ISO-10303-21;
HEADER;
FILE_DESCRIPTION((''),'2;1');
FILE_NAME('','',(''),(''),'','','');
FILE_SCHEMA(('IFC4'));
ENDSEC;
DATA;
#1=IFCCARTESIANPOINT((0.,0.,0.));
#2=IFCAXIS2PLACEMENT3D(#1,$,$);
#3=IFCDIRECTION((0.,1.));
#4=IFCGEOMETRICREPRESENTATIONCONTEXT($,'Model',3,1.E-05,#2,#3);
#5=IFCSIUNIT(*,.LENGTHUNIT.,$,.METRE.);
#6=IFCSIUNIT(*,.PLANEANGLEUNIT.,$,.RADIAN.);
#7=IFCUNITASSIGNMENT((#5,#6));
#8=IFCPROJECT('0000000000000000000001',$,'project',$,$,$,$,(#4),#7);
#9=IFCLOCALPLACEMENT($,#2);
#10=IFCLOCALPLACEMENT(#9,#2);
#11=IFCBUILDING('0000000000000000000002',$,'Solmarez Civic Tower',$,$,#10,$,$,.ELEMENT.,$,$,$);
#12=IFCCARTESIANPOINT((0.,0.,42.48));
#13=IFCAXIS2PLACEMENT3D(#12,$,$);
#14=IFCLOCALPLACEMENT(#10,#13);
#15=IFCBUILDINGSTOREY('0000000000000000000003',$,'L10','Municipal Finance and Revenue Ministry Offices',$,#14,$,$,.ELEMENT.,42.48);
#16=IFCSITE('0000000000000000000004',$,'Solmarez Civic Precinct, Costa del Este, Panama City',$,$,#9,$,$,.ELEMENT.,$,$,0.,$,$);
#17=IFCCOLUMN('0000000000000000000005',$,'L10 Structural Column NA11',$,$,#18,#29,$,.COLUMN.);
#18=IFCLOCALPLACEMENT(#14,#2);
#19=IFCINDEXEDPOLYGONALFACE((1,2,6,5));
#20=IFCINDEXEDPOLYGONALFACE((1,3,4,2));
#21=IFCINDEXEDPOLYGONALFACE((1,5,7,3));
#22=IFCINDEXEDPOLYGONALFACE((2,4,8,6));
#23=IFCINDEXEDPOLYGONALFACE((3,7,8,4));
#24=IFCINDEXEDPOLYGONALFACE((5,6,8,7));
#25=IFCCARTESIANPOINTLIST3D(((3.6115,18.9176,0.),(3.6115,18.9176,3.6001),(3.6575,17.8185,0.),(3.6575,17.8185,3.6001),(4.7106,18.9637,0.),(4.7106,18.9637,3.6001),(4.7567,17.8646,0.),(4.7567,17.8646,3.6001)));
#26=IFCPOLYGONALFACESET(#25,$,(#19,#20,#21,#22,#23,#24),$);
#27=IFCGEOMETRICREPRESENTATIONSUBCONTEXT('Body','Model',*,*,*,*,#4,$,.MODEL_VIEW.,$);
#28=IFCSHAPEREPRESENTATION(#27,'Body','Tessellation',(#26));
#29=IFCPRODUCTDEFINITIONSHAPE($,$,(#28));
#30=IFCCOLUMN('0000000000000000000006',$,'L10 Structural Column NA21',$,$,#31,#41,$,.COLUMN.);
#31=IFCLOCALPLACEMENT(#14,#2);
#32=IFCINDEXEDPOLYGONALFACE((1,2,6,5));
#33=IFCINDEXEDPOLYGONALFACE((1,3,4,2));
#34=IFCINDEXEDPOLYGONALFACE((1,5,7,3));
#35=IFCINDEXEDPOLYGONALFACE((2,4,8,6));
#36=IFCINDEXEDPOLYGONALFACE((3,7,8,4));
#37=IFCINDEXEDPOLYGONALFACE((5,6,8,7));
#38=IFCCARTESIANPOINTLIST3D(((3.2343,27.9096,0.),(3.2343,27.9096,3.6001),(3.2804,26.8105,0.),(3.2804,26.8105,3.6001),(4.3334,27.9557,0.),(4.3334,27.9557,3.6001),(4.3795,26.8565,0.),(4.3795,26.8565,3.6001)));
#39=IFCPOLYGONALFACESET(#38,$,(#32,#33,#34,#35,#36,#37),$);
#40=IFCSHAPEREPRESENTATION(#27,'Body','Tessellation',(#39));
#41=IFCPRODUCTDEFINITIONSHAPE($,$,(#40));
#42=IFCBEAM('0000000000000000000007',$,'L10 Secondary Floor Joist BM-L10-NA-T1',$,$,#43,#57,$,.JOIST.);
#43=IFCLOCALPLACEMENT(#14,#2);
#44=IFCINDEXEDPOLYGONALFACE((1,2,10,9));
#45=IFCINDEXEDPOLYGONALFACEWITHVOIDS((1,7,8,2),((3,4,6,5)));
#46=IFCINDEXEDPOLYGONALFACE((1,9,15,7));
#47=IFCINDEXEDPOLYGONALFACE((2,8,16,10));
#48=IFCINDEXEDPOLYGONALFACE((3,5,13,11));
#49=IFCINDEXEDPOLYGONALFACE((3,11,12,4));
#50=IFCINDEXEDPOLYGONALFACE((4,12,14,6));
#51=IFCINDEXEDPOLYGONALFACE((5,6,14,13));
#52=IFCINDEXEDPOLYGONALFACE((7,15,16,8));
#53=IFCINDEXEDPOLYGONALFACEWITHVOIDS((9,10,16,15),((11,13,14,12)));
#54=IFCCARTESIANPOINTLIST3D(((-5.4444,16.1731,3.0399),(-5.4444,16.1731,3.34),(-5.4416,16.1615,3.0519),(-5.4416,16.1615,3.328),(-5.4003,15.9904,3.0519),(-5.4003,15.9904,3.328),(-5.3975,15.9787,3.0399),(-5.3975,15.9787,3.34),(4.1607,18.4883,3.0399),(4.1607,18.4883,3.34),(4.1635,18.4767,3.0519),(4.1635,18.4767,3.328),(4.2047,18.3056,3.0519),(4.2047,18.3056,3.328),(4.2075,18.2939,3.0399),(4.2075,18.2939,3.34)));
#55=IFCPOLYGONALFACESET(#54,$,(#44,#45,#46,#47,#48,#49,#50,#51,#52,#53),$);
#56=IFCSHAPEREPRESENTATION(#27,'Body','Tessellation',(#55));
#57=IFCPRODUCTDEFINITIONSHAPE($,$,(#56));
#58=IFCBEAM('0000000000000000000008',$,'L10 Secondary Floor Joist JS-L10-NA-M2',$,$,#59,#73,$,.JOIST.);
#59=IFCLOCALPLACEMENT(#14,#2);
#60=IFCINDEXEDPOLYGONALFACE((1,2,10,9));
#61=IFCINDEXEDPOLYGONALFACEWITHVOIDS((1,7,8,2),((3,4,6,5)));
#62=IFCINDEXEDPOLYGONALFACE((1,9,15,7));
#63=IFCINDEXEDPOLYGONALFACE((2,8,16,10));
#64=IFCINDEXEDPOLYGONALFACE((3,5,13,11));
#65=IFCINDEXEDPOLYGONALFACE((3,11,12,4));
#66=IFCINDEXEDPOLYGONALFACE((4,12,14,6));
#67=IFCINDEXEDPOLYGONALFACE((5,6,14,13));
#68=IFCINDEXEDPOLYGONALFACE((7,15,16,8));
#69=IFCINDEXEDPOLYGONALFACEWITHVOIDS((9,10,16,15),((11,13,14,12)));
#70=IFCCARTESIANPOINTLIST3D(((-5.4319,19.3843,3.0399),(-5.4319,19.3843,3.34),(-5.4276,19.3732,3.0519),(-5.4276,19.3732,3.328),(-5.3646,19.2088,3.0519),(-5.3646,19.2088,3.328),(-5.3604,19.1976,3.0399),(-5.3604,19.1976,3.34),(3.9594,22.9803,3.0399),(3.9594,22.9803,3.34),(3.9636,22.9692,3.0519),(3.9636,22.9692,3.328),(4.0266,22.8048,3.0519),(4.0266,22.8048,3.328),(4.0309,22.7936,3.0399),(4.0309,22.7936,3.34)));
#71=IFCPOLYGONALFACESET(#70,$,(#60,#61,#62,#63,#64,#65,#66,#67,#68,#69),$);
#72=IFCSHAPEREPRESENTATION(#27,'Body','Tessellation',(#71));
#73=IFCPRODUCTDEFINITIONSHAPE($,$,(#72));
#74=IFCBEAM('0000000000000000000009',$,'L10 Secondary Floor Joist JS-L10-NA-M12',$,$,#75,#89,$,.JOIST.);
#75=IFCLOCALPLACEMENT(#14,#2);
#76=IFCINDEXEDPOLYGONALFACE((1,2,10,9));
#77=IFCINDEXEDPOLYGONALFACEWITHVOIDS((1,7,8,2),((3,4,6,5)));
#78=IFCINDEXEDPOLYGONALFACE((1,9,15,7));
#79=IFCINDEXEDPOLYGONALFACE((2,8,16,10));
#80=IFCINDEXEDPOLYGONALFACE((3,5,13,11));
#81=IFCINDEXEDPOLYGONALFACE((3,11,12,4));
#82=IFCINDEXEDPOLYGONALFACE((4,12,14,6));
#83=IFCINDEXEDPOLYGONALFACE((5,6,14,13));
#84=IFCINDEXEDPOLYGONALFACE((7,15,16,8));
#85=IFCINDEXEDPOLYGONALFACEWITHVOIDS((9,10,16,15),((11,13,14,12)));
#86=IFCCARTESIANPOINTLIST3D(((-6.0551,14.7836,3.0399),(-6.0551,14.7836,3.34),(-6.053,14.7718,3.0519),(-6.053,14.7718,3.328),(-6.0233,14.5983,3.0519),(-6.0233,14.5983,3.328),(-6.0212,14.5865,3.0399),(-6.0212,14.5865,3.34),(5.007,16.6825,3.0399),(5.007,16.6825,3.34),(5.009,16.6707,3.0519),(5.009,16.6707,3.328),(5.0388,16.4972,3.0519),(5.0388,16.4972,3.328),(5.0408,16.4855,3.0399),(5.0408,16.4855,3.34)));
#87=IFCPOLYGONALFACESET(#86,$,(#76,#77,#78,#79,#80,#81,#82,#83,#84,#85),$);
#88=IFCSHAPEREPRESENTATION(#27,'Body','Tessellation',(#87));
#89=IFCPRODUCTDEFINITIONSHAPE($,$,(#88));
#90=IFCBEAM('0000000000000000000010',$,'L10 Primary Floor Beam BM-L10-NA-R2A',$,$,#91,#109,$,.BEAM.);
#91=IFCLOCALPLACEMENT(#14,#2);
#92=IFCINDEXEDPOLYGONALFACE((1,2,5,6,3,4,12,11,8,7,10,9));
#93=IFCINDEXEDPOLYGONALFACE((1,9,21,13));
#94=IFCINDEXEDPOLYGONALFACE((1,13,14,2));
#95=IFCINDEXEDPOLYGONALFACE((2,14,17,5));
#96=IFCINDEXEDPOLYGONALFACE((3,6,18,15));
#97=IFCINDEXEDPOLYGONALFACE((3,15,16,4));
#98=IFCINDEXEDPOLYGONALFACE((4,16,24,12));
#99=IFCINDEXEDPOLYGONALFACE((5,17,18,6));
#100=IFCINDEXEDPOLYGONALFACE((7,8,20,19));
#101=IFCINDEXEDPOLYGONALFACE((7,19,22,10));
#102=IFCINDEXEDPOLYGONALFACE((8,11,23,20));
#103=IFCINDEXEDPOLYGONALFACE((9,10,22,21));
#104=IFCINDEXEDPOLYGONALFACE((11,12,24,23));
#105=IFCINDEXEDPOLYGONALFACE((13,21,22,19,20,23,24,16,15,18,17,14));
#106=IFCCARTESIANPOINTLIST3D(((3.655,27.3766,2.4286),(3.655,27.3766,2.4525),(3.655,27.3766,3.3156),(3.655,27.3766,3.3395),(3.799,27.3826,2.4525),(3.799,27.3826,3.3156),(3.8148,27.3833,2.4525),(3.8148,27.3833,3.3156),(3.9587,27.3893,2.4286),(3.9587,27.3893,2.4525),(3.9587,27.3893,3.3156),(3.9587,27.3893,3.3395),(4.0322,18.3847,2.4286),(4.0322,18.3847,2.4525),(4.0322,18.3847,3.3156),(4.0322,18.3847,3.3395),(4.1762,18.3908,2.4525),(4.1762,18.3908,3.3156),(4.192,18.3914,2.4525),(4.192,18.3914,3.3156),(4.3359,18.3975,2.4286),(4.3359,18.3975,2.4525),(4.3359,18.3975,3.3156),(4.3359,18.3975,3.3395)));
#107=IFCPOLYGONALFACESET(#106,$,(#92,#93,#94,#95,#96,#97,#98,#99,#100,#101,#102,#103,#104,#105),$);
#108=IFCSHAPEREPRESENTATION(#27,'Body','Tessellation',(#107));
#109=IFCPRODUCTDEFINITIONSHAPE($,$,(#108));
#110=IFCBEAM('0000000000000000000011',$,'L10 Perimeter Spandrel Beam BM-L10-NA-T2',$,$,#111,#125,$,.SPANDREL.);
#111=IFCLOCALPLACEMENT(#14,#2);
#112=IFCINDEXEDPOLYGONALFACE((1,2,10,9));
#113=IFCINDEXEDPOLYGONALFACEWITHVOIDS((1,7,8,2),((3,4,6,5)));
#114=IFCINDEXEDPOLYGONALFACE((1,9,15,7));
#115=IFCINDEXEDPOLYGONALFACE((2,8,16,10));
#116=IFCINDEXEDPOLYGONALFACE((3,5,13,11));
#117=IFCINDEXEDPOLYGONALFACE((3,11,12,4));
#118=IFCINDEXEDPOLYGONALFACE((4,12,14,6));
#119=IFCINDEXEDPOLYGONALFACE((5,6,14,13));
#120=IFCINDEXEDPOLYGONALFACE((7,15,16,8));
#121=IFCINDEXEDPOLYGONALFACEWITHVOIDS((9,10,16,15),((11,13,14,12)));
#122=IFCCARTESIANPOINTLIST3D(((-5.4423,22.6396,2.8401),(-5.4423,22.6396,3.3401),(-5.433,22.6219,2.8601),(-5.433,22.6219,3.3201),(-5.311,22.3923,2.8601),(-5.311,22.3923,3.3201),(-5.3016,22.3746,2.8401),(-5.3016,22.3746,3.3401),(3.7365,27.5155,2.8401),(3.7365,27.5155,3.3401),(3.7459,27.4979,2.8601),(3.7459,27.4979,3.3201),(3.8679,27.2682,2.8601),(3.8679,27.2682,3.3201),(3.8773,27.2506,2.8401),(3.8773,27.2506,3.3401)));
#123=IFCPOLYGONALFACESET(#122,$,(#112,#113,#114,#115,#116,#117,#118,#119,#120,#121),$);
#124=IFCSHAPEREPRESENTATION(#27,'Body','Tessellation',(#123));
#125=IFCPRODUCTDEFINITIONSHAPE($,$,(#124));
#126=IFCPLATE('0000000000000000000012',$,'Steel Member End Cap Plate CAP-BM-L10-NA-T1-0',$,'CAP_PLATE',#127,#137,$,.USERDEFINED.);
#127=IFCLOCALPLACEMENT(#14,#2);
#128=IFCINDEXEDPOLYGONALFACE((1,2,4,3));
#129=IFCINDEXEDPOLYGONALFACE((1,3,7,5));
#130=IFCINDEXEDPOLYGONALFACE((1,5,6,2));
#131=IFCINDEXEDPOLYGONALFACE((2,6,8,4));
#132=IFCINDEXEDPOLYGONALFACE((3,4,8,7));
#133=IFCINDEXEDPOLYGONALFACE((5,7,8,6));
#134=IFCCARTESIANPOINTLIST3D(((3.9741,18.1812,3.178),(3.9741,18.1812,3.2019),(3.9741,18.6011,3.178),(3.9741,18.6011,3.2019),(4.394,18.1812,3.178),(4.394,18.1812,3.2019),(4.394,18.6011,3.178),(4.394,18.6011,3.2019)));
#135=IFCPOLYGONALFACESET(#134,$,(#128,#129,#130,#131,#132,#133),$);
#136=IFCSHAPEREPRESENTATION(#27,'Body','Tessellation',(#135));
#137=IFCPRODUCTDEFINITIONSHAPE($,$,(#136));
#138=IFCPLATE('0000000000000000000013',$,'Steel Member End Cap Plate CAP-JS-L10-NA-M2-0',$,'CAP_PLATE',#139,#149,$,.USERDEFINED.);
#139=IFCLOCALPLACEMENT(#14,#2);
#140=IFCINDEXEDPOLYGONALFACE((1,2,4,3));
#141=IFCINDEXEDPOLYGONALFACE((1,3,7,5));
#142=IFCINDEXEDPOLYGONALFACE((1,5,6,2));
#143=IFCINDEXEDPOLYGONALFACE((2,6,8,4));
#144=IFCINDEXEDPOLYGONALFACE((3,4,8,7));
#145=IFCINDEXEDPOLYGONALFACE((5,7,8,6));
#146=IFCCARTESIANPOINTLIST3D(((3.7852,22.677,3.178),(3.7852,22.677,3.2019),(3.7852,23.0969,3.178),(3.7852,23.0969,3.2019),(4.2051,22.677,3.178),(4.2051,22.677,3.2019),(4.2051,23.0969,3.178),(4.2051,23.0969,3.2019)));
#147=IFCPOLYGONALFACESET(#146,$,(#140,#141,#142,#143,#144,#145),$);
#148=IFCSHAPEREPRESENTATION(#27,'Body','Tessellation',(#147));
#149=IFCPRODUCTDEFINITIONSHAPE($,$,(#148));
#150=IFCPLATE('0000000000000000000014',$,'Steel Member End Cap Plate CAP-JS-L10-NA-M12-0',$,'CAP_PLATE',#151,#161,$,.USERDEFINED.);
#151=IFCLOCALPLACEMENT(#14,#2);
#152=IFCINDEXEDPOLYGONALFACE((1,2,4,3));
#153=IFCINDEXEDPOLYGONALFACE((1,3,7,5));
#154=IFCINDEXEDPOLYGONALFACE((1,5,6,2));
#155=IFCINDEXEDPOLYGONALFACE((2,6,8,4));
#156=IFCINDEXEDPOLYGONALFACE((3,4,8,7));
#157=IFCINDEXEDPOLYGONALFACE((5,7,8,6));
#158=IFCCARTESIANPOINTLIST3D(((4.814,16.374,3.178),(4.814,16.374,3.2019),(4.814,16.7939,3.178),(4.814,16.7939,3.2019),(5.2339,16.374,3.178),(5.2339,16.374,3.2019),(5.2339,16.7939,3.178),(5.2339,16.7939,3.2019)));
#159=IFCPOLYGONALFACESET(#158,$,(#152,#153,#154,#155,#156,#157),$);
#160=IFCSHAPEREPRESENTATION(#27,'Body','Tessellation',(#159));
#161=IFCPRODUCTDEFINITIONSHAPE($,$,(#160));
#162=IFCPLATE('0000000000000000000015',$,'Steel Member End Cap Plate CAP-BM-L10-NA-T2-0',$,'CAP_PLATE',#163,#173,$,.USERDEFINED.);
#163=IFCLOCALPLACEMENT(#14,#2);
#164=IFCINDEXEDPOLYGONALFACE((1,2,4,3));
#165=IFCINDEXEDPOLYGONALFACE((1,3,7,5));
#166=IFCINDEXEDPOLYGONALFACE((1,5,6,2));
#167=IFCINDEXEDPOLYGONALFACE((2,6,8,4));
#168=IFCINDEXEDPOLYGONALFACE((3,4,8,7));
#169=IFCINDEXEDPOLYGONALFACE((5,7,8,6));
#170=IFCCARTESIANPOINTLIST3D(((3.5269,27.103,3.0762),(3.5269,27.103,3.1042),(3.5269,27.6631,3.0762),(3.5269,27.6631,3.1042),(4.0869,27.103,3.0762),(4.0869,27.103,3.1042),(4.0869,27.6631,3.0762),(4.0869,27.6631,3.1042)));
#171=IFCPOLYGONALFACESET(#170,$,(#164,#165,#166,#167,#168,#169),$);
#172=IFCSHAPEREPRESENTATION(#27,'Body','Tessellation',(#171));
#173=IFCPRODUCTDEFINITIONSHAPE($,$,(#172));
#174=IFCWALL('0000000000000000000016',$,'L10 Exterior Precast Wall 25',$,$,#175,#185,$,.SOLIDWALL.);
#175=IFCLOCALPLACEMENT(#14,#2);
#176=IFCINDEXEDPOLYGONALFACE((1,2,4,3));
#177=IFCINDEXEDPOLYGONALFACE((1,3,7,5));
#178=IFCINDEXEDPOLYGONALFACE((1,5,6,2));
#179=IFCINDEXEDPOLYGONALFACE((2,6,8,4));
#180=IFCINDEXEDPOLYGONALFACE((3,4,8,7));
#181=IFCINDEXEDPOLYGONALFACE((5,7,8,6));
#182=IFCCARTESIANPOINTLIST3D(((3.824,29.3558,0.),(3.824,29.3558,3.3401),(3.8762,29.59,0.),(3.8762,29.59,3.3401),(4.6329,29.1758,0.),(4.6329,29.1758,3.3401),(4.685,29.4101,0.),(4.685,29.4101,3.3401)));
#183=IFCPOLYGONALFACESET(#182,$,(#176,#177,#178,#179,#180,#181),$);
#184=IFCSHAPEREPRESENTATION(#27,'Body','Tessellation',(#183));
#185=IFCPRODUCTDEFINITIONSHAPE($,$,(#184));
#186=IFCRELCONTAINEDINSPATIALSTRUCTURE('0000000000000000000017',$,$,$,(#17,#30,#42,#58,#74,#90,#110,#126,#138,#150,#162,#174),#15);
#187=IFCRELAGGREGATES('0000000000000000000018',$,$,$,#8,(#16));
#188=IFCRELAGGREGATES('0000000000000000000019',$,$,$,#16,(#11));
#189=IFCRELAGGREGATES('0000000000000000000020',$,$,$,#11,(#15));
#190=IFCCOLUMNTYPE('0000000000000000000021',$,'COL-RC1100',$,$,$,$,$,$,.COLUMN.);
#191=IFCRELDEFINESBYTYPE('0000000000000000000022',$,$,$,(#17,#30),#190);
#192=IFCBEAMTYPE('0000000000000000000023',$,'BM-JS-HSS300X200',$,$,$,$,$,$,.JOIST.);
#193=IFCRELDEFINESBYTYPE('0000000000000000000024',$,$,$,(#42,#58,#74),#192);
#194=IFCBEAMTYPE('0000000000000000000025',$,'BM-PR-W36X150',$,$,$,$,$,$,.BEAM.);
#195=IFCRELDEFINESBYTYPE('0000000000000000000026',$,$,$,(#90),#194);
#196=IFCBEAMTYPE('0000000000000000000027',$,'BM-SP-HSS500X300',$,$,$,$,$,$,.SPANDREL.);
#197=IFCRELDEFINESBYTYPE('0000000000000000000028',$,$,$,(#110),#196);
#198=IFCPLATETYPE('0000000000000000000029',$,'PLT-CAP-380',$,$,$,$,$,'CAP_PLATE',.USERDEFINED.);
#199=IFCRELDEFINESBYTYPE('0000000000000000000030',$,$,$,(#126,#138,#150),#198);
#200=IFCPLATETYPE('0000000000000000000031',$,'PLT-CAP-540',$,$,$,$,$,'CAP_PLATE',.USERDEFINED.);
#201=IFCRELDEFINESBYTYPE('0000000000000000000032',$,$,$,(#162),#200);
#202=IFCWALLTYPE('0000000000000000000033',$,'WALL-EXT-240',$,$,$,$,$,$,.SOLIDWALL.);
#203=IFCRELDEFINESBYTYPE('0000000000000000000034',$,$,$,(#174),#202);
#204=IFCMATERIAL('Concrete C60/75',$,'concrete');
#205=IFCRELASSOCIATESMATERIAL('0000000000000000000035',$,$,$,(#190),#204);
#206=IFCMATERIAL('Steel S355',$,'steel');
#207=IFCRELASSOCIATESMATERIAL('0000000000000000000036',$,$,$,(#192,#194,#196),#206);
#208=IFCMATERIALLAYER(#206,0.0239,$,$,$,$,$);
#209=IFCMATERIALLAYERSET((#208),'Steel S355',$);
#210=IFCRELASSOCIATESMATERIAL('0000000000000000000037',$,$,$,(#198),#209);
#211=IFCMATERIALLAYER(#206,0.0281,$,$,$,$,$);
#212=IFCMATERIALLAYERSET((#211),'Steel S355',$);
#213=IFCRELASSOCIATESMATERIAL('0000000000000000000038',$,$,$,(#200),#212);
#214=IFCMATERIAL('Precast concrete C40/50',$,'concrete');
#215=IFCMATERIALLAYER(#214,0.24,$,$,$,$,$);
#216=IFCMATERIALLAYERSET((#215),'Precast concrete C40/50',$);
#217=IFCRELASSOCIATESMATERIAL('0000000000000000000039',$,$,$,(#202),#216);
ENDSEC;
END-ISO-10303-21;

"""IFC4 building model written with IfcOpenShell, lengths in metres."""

from ifc_helpers import new_model, si_unit, direction, frame, frame_2d, origin, origin_2d, place, context, subcontext, project, spatial, rectangle, hollow_rectangle, i_section, extrude, material, layer, layer_set, material_profile, profile_set, type_object, element, save


model = new_model("IFC4")

# Units and contexts
model_context = context("Model", 3, precision=1e-05, world=origin(), true_north=direction((0.0, 1.0)))
body_context = subcontext(model_context, "Body", "Model", "MODEL_VIEW")
ifc_project = project(units=[si_unit("LENGTHUNIT", "METRE"), si_unit("PLANEANGLEUNIT", "RADIAN")], contexts=[model_context])

# Site, building, storey
site_placement = place(None, origin())
site = spatial("IfcSite", under=ifc_project, at=site_placement, Name="Solmarez Civic Precinct, Costa del Este, Panama City", CompositionType="ELEMENT", RefElevation=0.0)
building_placement = place(site_placement, origin())
building = spatial("IfcBuilding", under=site, at=building_placement, Name="Solmarez Civic Tower", CompositionType="ELEMENT")
storey_placement = place(building_placement, frame((0.0, 0.0, 42.48)))
storey = spatial("IfcBuildingStorey", under=building, at=storey_placement, Name="L10", Description="Municipal Finance and Revenue Ministry Offices", CompositionType="ELEMENT", Elevation=42.48)

# Columns
ifc_material_1 = material(Name="Concrete C60/75", Category="concrete")
ifc_material_profile_1 = material_profile(ifc_material_1, rectangle(XDim=1.1001, YDim=1.1001, at=origin_2d()), Name="RC1100X1100")
ifc_profile_set_1 = profile_set([ifc_material_profile_1], Name="Concrete C60/75")
column_type = type_object("IfcColumnType", Name="COL-RC1100", PredefinedType="COLUMN", material=ifc_profile_set_1)
for number, where, z_axis, x_axis, name in (
    (1, (4.1841, 18.3911, 0.0), (0.0, 0.0, 1.0), (0.999123, 0.041876, 0.0), "L10 Structural Column NA11"),
    (2, (3.8069, 27.3831, 0.0), (0.0, 0.0, 1.0), (0.999123, 0.041876, 0.0), "L10 Structural Column NA21"),
):
    element("IfcColumn", number, at=place(storey_placement, frame(where, z_axis=z_axis, x_axis=x_axis)), inside=storey, type_object=column_type, Name=name, PredefinedType="COLUMN", context=body_context, shape_type="SweptSolid", body=[
        extrude(rectangle(XDim=1.1001, YDim=1.1001, at=origin_2d()), origin(), (0.0, 0.0, 1.0), 3.6001),
    ])

# Beams
ifc_material_2 = material(Name="Steel S355", Category="steel")
ifc_material_profile_2 = material_profile(ifc_material_2, hollow_rectangle(XDim=0.2, YDim=0.3, WallThickness=0.012, at=origin_2d()), Name="HSS300X200X12")
ifc_profile_set_2 = profile_set([ifc_material_profile_2], Name="Steel S355")
beam_type_1 = type_object("IfcBeamType", Name="BM-JS-HSS300X200", PredefinedType="JOIST", material=ifc_profile_set_2)
beam_1_placement = place(storey_placement, frame((4.1841, 18.3911, 3.1899), z_axis=(-0.972157, -0.234329, 0.0), x_axis=(0.234329, -0.972157, 0.0)))
element("IfcBeam", 3, at=beam_1_placement, inside=storey, type_object=beam_type_1, Name="L10 Secondary Floor Joist BM-L10-NA-T1", PredefinedType="JOIST", context=body_context, shape_type="SweptSolid", body=[
    extrude(hollow_rectangle(XDim=0.2, YDim=0.3, WallThickness=0.012, at=origin_2d()), origin(), (0.0, 0.0, 1.0), 9.8801),
])
beam_2_placement = place(storey_placement, frame((3.9951, 22.887, 3.1899), z_axis=(-0.933878, -0.357591, 0.0), x_axis=(0.357591, -0.933878, 0.0)))
element("IfcBeam", 4, at=beam_2_placement, inside=storey, type_object=beam_type_1, Name="L10 Secondary Floor Joist JS-L10-NA-M2", PredefinedType="JOIST", context=body_context, shape_type="SweptSolid", body=[
    extrude(hollow_rectangle(XDim=0.2, YDim=0.3, WallThickness=0.012, at=origin_2d()), origin(), (0.0, 0.0, 1.0), 10.0562),
])
beam_3_placement = place(storey_placement, frame((5.0239, 16.584, 3.1899), z_axis=(-0.985584, -0.169187, 0.0), x_axis=(0.169187, -0.985584, 0.0)))
element("IfcBeam", 5, at=beam_3_placement, inside=storey, type_object=beam_type_1, Name="L10 Secondary Floor Joist JS-L10-NA-M12", PredefinedType="JOIST", context=body_context, shape_type="SweptSolid", body=[
    extrude(hollow_rectangle(XDim=0.2, YDim=0.3, WallThickness=0.012, at=origin_2d()), origin(), (0.0, 0.0, 1.0), 11.2239),
])
ifc_material_profile_3 = material_profile(ifc_material_2, i_section(OverallWidth=0.304, OverallDepth=0.9109, WebThickness=0.0159, FlangeThickness=0.0239, at=origin_2d()), Name="W36X150")
ifc_profile_set_3 = profile_set([ifc_material_profile_3], Name="Steel S355")
beam_type_2 = type_object("IfcBeamType", Name="BM-PR-W36X150", PredefinedType="BEAM", material=ifc_profile_set_3)
beam_4_placement = place(storey_placement, frame((4.1841, 18.3911, 2.884), z_axis=(-0.041911, 0.999121, 0.0), x_axis=(-0.999121, -0.041911, 0.0)))
element("IfcBeam", 6, at=beam_4_placement, inside=storey, type_object=beam_type_2, Name="L10 Primary Floor Beam BM-L10-NA-R2A", PredefinedType="BEAM", context=body_context, shape_type="SweptSolid", body=[
    extrude(i_section(OverallWidth=0.304, OverallDepth=0.9109, WebThickness=0.0159, FlangeThickness=0.0239, at=origin_2d()), origin(), (0.0, 0.0, 1.0), 8.9998),
])
ifc_material_profile_4 = material_profile(ifc_material_2, hollow_rectangle(XDim=0.3, YDim=0.5, WallThickness=0.02, at=origin_2d()), Name="HSS500X300X20")
ifc_profile_set_4 = profile_set([ifc_material_profile_4], Name="Steel S355")
beam_type_3 = type_object("IfcBeamType", Name="BM-SP-HSS500X300", PredefinedType="SPANDREL", material=ifc_profile_set_4)
beam_5_placement = place(storey_placement, frame((3.8069, 27.3831, 3.0901), z_axis=(-0.883129, -0.469129, 0.0), x_axis=(0.469129, -0.883129, 0.0)))
element("IfcBeam", 7, at=beam_5_placement, inside=storey, type_object=beam_type_3, Name="L10 Perimeter Spandrel Beam BM-L10-NA-T2", PredefinedType="SPANDREL", context=body_context, shape_type="SweptSolid", body=[
    extrude(hollow_rectangle(XDim=0.3, YDim=0.5, WallThickness=0.02, at=origin_2d()), origin(), (0.0, 0.0, 1.0), 10.3936),
])

# Plates
ifc_layer_1 = layer(ifc_material_2, 0.0239)
ifc_layer_set_1 = layer_set([ifc_layer_1], Name="Steel S355")
plate_type_1 = type_object("IfcPlateType", Name="PLT-CAP-380", ElementType="CAP_PLATE", PredefinedType="USERDEFINED", material=ifc_layer_set_1)
for number, where, z_axis, x_axis, name in (
    (8, (4.1841, 18.3911, 3.178), (0.0, 0.0, 1.0), (1.0, 0.0, 0.0), "Steel Member End Cap Plate CAP-BM-L10-NA-T1-0"),
    (9, (3.9951, 22.887, 3.178), (0.0, 0.0, 1.0), (1.0, 0.0, 0.0), "Steel Member End Cap Plate CAP-JS-L10-NA-M2-0"),
    (10, (5.0239, 16.584, 3.178), (0.0, 0.0, 1.0), (1.0, 0.0, 0.0), "Steel Member End Cap Plate CAP-JS-L10-NA-M12-0"),
):
    element("IfcPlate", number, at=place(storey_placement, frame(where, z_axis=z_axis, x_axis=x_axis)), inside=storey, type_object=plate_type_1, Name=name, ObjectType="CAP_PLATE", PredefinedType="USERDEFINED", context=body_context, shape_type="SweptSolid", body=[
        extrude(rectangle(XDim=0.4199, YDim=0.4199, at=origin_2d()), origin(), (0.0, 0.0, 1.0), 0.0239),
    ])
ifc_layer_2 = layer(ifc_material_2, 0.0281)
ifc_layer_set_2 = layer_set([ifc_layer_2], Name="Steel S355")
plate_type_2 = type_object("IfcPlateType", Name="PLT-CAP-540", ElementType="CAP_PLATE", PredefinedType="USERDEFINED", material=ifc_layer_set_2)
plate_placement = place(storey_placement, frame((3.8069, 27.3831, 3.0762), z_axis=(0.0, 0.0, 1.0), x_axis=(1.0, 0.0, 0.0)))
element("IfcPlate", 11, at=plate_placement, inside=storey, type_object=plate_type_2, Name="Steel Member End Cap Plate CAP-BM-L10-NA-T2-0", ObjectType="CAP_PLATE", PredefinedType="USERDEFINED", context=body_context, shape_type="SweptSolid", body=[
    extrude(rectangle(XDim=0.5601, YDim=0.5601, at=origin_2d()), origin(), (0.0, 0.0, 1.0), 0.0281),
])

# Wall
ifc_material_3 = material(Name="Precast concrete C40/50", Category="concrete")
ifc_layer_3 = layer(ifc_material_3, 0.24)
ifc_layer_set_3 = layer_set([ifc_layer_3], Name="Precast concrete C40/50")
wall_type_1 = type_object("IfcWallType", Name="WALL-EXT-240", PredefinedType="SOLIDWALL", material=ifc_layer_set_3)
wall_1_placement = place(storey_placement, frame((3.8501, 29.4729, 0.0), z_axis=(0.0, 0.0, 1.0), x_axis=(0.976139, -0.217149, 0.0)))
element("IfcWall", 12, at=wall_1_placement, inside=storey, type_object=wall_type_1, Name="L10 Exterior Precast Wall 25", PredefinedType="SOLIDWALL", context=body_context, shape_type="SweptSolid", body=[
    extrude(rectangle(XDim=0.8286, YDim=0.24, at=frame_2d((0.4143, 0.0))), origin(), (0.0, 0.0, 1.0), 3.3401),
])

save(model, "model.ifc")
